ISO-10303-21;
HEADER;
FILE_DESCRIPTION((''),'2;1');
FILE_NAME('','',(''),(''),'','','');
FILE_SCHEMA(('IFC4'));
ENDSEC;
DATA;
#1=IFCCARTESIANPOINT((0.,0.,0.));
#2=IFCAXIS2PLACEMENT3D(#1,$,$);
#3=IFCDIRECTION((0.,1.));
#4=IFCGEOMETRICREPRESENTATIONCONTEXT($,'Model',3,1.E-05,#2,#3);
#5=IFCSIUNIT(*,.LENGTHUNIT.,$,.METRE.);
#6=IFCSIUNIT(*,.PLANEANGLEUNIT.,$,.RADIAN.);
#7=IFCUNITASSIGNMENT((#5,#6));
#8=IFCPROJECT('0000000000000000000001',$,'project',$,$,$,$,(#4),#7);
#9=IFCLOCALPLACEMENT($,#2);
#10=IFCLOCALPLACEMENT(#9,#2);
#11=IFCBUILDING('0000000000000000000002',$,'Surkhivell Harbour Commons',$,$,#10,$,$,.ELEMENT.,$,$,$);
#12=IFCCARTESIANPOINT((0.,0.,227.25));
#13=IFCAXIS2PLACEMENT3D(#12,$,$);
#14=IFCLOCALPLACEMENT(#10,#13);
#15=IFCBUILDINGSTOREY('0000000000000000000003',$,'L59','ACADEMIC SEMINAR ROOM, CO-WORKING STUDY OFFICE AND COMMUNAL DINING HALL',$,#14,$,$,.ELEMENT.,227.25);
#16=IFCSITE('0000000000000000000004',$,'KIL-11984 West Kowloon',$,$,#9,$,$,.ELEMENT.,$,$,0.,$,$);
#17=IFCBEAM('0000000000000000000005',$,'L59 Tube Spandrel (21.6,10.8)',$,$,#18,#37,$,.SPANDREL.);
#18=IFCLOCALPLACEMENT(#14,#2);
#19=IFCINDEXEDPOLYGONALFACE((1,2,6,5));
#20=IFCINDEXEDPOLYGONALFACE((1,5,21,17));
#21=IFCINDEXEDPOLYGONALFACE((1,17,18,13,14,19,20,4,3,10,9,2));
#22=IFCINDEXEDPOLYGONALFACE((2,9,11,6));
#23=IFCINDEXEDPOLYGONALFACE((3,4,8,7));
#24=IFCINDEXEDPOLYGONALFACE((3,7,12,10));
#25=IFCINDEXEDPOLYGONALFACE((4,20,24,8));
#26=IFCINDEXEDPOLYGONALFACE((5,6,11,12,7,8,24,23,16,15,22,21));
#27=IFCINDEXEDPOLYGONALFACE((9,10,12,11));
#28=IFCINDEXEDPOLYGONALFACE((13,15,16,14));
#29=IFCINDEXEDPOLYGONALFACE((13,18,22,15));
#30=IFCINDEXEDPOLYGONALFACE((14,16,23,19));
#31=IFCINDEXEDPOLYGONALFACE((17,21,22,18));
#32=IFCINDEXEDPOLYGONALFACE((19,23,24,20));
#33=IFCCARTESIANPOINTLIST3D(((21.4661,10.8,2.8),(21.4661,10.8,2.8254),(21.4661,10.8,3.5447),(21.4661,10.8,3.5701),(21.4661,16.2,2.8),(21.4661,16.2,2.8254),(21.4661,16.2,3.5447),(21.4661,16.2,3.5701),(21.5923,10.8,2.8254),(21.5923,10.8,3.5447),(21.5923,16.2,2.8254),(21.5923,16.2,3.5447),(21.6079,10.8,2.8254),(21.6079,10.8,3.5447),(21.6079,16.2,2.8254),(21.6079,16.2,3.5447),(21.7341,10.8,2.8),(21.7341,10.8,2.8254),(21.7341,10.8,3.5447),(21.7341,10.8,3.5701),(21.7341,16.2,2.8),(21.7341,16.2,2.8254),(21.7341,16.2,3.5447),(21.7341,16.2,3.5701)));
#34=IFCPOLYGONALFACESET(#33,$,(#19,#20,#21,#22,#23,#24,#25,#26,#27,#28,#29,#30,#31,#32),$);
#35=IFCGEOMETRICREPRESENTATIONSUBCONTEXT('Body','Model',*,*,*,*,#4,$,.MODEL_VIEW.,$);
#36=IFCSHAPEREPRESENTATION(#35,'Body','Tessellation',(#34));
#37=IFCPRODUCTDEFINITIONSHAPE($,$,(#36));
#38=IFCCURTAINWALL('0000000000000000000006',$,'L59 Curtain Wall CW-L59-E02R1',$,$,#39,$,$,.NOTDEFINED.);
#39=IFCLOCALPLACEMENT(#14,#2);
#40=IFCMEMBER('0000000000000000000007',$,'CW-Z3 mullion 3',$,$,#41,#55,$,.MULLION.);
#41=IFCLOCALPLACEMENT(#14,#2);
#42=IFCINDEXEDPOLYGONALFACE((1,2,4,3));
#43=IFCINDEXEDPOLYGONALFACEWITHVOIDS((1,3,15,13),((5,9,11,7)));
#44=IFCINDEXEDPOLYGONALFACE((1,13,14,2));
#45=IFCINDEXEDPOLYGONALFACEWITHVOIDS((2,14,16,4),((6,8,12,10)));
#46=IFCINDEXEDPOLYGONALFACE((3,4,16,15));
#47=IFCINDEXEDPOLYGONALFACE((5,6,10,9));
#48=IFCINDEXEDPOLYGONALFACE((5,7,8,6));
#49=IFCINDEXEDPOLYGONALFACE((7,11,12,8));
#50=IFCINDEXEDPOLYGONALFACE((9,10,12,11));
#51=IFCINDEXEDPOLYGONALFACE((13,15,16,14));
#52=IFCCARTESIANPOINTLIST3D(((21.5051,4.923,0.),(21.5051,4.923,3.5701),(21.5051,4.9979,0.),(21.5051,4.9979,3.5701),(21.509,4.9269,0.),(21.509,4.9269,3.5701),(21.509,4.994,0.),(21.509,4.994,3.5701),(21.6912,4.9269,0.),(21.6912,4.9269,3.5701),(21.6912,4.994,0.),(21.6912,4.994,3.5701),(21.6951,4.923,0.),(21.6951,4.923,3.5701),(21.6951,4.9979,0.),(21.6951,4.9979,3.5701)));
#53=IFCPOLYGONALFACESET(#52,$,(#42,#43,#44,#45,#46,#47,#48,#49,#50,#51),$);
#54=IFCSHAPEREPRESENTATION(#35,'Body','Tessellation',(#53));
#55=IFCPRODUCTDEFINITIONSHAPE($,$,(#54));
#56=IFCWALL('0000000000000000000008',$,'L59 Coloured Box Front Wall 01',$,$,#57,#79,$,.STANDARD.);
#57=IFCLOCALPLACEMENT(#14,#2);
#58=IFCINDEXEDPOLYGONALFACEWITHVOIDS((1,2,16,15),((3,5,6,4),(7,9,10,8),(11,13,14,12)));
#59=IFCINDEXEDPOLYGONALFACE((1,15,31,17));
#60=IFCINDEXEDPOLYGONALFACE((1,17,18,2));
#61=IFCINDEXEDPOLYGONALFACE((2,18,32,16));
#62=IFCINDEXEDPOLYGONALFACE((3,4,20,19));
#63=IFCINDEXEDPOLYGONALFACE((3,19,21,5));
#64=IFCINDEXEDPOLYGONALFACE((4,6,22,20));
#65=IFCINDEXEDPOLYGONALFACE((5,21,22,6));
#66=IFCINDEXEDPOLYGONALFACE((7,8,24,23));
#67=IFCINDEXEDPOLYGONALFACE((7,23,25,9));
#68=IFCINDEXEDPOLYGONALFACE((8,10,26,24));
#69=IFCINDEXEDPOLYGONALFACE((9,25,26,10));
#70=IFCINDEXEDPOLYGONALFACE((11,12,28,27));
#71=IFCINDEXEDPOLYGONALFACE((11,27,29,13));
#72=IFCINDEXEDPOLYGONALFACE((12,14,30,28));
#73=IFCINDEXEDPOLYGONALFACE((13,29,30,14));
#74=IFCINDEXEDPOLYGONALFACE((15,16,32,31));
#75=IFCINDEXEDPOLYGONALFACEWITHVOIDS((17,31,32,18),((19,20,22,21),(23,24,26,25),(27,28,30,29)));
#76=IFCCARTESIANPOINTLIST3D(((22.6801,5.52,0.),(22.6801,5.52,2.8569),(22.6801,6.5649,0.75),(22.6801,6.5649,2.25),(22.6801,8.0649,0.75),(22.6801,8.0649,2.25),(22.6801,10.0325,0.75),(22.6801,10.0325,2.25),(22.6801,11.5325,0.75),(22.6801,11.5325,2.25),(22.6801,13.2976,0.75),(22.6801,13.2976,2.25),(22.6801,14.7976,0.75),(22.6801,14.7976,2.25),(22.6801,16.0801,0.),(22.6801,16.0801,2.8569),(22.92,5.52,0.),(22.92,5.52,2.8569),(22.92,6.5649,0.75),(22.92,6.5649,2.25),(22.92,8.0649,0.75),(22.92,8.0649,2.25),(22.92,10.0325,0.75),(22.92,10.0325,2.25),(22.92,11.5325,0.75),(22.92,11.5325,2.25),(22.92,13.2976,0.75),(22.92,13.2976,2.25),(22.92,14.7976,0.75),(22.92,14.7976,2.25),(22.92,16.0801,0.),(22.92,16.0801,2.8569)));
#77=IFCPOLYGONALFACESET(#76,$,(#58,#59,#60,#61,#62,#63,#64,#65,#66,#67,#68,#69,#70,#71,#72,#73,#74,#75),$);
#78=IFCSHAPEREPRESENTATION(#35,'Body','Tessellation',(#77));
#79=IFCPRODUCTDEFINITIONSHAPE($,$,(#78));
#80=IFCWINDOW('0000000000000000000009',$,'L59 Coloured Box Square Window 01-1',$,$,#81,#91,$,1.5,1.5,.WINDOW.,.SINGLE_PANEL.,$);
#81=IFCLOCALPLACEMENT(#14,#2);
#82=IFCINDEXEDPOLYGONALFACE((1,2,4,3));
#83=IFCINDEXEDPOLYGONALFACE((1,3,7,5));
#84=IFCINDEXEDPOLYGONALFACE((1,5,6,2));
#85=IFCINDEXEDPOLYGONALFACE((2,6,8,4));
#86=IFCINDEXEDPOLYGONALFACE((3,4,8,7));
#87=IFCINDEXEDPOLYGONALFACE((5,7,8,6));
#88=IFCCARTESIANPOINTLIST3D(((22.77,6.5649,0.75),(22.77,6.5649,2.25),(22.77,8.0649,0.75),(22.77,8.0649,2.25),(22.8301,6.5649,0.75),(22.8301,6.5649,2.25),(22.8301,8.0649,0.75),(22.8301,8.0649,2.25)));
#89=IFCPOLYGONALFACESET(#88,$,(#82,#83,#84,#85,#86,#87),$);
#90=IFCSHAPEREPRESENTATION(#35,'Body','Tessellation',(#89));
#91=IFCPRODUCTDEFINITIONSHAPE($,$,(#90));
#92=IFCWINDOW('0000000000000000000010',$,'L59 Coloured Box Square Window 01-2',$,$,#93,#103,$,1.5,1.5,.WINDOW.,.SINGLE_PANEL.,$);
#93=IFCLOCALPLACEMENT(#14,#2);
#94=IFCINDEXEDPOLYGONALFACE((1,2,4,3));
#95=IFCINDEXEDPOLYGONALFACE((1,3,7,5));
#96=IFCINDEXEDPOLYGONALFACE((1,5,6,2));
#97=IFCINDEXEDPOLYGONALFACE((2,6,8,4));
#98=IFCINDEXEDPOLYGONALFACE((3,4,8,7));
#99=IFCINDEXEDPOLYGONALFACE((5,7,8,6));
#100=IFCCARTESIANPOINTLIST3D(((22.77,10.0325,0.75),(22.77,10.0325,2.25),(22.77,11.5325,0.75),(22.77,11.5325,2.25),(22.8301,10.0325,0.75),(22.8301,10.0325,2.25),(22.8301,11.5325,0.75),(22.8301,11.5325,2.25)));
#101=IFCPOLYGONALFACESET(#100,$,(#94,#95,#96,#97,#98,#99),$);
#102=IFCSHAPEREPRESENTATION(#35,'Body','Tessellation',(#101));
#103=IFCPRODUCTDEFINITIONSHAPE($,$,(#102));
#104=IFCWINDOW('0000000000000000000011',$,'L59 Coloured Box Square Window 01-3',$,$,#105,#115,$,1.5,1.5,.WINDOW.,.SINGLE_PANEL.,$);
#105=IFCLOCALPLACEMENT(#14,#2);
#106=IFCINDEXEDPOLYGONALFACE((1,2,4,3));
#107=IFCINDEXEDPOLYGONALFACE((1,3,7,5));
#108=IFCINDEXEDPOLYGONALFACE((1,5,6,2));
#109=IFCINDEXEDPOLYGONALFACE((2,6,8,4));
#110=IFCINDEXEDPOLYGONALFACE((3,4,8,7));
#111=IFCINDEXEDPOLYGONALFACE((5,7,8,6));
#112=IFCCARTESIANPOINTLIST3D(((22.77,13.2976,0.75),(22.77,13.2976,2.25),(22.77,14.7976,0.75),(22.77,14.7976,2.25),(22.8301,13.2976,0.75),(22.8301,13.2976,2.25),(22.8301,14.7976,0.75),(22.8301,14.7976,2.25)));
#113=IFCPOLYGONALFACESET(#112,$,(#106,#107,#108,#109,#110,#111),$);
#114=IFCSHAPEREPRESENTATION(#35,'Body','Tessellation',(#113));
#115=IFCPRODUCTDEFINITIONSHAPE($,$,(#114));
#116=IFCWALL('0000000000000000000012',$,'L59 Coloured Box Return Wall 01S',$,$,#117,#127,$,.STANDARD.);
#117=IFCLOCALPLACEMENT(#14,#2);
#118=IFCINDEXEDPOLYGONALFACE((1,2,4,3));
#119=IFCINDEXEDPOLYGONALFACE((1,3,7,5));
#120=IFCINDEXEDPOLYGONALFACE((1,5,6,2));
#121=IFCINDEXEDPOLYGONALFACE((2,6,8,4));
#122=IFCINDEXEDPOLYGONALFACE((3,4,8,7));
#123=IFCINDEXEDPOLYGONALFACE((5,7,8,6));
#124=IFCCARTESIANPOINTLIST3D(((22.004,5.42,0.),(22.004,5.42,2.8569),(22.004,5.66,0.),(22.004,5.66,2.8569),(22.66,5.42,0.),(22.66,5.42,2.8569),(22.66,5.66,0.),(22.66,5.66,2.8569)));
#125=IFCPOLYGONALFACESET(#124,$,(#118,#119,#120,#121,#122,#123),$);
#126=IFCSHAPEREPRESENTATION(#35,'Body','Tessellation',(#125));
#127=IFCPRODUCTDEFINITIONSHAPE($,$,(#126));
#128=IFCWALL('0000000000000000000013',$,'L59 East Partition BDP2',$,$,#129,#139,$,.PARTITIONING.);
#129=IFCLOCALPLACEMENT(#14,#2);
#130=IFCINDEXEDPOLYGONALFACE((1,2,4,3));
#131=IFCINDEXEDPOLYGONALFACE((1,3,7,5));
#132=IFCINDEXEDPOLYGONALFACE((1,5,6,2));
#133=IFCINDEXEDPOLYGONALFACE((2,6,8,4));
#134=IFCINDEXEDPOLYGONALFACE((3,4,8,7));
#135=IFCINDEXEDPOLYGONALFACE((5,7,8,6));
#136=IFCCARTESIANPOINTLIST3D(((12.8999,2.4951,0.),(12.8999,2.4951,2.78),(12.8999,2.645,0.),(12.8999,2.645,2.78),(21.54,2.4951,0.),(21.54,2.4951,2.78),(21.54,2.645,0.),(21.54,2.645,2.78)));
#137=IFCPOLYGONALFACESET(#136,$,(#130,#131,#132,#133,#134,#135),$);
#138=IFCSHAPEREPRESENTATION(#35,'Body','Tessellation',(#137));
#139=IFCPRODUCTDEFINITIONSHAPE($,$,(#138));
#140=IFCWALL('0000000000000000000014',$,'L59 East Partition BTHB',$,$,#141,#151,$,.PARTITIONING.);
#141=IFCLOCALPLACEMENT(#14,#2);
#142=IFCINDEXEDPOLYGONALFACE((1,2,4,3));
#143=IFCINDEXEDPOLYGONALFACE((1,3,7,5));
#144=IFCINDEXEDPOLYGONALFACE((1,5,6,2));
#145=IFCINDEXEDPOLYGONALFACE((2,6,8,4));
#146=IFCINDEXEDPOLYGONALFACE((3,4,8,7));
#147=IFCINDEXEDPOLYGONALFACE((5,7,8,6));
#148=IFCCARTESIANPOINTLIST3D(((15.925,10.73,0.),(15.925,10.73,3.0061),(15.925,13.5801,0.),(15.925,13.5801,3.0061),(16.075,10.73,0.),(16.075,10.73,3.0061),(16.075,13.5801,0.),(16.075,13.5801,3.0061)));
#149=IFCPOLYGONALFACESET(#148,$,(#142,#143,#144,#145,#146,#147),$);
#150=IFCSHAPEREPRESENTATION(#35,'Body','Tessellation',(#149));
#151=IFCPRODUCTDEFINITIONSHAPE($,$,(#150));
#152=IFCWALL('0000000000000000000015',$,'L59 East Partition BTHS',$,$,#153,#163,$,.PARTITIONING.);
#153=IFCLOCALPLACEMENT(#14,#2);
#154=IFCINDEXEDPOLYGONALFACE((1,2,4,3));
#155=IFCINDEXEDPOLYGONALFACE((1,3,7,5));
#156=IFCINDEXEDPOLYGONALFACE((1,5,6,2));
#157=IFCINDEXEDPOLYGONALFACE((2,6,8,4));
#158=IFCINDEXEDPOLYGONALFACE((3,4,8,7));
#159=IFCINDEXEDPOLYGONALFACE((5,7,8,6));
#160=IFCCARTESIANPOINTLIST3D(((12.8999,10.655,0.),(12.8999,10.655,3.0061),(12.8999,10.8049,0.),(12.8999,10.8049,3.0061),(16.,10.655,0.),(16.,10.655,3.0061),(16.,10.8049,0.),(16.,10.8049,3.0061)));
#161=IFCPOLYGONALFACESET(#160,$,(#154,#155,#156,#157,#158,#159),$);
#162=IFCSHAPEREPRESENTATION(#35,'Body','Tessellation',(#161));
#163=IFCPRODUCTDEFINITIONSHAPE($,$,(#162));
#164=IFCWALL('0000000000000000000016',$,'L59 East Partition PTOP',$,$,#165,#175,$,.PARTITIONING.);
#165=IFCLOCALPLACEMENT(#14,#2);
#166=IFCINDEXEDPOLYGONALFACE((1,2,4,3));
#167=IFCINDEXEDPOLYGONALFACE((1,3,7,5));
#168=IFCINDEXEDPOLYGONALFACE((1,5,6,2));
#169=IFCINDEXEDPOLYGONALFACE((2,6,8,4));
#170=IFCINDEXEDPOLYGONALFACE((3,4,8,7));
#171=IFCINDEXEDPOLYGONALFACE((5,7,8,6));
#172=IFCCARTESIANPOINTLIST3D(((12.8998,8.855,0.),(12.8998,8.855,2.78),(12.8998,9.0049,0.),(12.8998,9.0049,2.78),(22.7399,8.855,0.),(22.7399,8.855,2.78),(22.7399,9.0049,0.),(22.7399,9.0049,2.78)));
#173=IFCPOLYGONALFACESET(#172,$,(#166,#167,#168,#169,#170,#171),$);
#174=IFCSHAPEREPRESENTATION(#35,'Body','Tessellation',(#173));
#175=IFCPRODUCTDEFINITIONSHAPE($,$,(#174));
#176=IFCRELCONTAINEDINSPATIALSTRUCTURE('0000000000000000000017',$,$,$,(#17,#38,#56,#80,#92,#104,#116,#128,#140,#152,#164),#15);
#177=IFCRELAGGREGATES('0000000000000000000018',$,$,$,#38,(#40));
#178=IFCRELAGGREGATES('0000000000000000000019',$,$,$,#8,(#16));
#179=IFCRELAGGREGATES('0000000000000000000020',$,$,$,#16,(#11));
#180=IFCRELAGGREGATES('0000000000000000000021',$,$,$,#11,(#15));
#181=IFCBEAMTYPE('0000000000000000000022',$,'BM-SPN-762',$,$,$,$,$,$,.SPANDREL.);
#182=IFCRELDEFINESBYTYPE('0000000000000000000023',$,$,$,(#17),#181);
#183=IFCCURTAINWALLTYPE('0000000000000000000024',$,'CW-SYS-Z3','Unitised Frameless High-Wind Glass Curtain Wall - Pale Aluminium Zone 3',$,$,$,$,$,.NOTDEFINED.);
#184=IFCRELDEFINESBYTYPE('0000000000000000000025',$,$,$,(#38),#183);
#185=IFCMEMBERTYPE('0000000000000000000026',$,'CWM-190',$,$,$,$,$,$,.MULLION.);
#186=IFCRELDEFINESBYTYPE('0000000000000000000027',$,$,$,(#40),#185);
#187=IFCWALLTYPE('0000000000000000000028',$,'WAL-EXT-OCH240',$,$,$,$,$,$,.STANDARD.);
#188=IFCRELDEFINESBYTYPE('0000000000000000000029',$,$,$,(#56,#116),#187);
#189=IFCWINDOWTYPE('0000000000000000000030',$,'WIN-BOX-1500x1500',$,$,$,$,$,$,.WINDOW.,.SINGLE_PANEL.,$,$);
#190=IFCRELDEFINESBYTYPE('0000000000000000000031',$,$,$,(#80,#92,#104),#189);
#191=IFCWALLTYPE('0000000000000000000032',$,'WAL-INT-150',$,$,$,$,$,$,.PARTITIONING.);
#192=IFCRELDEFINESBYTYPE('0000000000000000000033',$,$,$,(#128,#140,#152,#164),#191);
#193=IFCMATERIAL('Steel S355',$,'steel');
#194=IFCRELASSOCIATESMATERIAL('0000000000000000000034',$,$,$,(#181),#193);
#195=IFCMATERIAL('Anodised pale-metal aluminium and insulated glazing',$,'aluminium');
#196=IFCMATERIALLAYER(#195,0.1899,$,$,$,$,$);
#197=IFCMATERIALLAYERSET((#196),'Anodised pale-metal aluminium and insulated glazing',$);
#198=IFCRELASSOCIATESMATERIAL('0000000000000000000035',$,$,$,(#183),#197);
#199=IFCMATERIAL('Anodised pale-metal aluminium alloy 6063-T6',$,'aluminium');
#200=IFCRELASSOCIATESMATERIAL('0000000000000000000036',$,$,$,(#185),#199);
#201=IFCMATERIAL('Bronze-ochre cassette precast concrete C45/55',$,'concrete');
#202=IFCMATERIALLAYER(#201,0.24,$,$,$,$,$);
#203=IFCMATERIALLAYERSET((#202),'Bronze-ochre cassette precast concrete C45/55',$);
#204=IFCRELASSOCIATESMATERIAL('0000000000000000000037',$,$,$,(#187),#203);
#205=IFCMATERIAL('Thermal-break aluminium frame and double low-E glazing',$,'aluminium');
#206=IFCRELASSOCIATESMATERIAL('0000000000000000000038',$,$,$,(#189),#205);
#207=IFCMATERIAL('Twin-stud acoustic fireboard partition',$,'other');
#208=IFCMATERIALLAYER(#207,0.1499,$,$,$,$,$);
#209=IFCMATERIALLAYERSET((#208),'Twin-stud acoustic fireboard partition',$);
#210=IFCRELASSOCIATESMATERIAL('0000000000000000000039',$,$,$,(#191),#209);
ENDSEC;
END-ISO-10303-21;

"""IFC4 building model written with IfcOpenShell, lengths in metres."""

from ifc_helpers import new_model, si_unit, direction, frame, frame_2d, origin, origin_2d, place, context, subcontext, project, spatial, rectangle, hollow_rectangle, i_section, extrude, material, layer, layer_set, material_profile, profile_set, type_object, element, fill, aggregate, save


model = new_model("IFC4")

# Units and contexts
model_context = context("Model", 3, precision=1e-05, world=origin(), true_north=direction((0.0, 1.0)))
body_context = subcontext(model_context, "Body", "Model", "MODEL_VIEW")
ifc_project = project(units=[si_unit("LENGTHUNIT", "METRE"), si_unit("PLANEANGLEUNIT", "RADIAN")], contexts=[model_context])

# Site, building, storey
site_placement = place(None, origin())
site = spatial("IfcSite", under=ifc_project, at=site_placement, Name="KIL-11984 West Kowloon", CompositionType="ELEMENT", RefElevation=0.0)
building_placement = place(site_placement, origin())
building = spatial("IfcBuilding", under=site, at=building_placement, Name="Surkhivell Harbour Commons", CompositionType="ELEMENT")
storey_placement = place(building_placement, frame((0.0, 0.0, 227.25)))
storey = spatial("IfcBuildingStorey", under=building, at=storey_placement, Name="L59", Description="ACADEMIC SEMINAR ROOM, CO-WORKING STUDY OFFICE AND COMMUNAL DINING HALL", CompositionType="ELEMENT", Elevation=227.25)

# Beam
ifc_material_1 = material(Name="Steel S355", Category="steel")
ifc_material_profile_1 = material_profile(ifc_material_1, i_section(OverallWidth=0.2681, OverallDepth=0.77, WebThickness=0.0156, FlangeThickness=0.0254, at=origin_2d()), Name="UB762x267x197")
ifc_profile_set_1 = profile_set([ifc_material_profile_1], Name="Steel S355")
beam_type_1 = type_object("IfcBeamType", Name="BM-SPN-762", PredefinedType="SPANDREL", material=ifc_profile_set_1)
beam_1_placement = place(storey_placement, frame((21.6001, 10.8, 3.1851), z_axis=(0.0, 1.0, 0.0), x_axis=(-1.0, 0.0, 0.0)))
element("IfcBeam", 1, at=beam_1_placement, inside=storey, type_object=beam_type_1, Name="L59 Tube Spandrel (21.6,10.8)", PredefinedType="SPANDREL", context=body_context, shape_type="SweptSolid", body=[
    extrude(i_section(OverallWidth=0.2681, OverallDepth=0.77, WebThickness=0.0156, FlangeThickness=0.0254, at=origin_2d()), origin(), (0.0, 0.0, 1.0), 5.3999),
])

# Curtain wall, member
ifc_material_2 = material(Name="Anodised pale-metal aluminium and insulated glazing", Category="aluminium")
ifc_layer_1 = layer(ifc_material_2, 0.1899)
ifc_layer_set_1 = layer_set([ifc_layer_1], Name="Anodised pale-metal aluminium and insulated glazing")
curtain_wall_type = type_object("IfcCurtainWallType", Name="CW-SYS-Z3", Description="Unitised Frameless High-Wind Glass Curtain Wall - Pale Aluminium Zone 3", PredefinedType="NOTDEFINED", material=ifc_layer_set_1)
curtain_wall_placement = place(storey_placement, origin())
curtain_wall = element("IfcCurtainWall", 2, at=curtain_wall_placement, inside=storey, type_object=curtain_wall_type, Name="L59 Curtain Wall CW-L59-E02R1", PredefinedType="NOTDEFINED")
ifc_material_3 = material(Name="Anodised pale-metal aluminium alloy 6063-T6", Category="aluminium")
ifc_material_profile_2 = material_profile(ifc_material_3, hollow_rectangle(XDim=0.075, YDim=0.1899, WallThickness=0.0039, at=origin_2d()), Name="ALU-MULL-75x190")
ifc_profile_set_2 = profile_set([ifc_material_profile_2], Name="Anodised pale-metal aluminium alloy 6063-T6")
member_type = type_object("IfcMemberType", Name="CWM-190", PredefinedType="MULLION", material=ifc_profile_set_2)
member_placement = place(storey_placement, frame((21.6001, 4.9604, 0.0), z_axis=(0.0, 0.0, 1.0), x_axis=(0.0, 1.0, 0.0)))
member = element("IfcMember", 3, at=member_placement, type_object=member_type, Name="CW-Z3 mullion 3", PredefinedType="MULLION", context=body_context, shape_type="SweptSolid", body=[
    extrude(hollow_rectangle(XDim=0.075, YDim=0.1899, WallThickness=0.0039, at=origin_2d()), origin(), (0.0, 0.0, 1.0), 3.5701),
])
aggregate(curtain_wall, [member])

# Wall, openings, windows
ifc_material_4 = material(Name="Bronze-ochre cassette precast concrete C45/55", Category="concrete")
ifc_layer_2 = layer(ifc_material_4, 0.24)
ifc_layer_set_2 = layer_set([ifc_layer_2], Name="Bronze-ochre cassette precast concrete C45/55")
wall_type_1 = type_object("IfcWallType", Name="WAL-EXT-OCH240", PredefinedType="STANDARD", material=ifc_layer_set_2)
wall_1_placement = place(storey_placement, frame((22.8, 5.52, 0.0), z_axis=(0.0, 0.0, 1.0), x_axis=(0.0, 1.0, 0.0)))
wall_1 = element("IfcWall", 4, at=wall_1_placement, inside=storey, type_object=wall_type_1, Name="L59 Coloured Box Front Wall 01", PredefinedType="STANDARD", context=body_context, shape_type="SweptSolid", body=[
    extrude(rectangle(XDim=10.5601, YDim=0.24, at=frame_2d((5.28, 0.0))), origin(), (0.0, 0.0, 1.0), 2.8569),
])
opening_1_placement = place(wall_1_placement, frame((1.0449, 0.0, 0.75)))
opening_1 = element("IfcOpeningElement", 5, at=opening_1_placement, cuts=wall_1, PredefinedType="OPENING", context=body_context, shape_type="SweptSolid", body=[
    extrude(rectangle(XDim=1.5, YDim=1.5, at=frame_2d((0.75, 0.75))), frame((0.0, 0.1299, 0.0), z_axis=(0.0, -1.0, 0.0), x_axis=(1.0, 0.0, 0.0)), (0.0, 0.0, 1.0), 0.26),
])
opening_2_placement = place(wall_1_placement, frame((4.5125, 0.0, 0.75)))
opening_2 = element("IfcOpeningElement", 6, at=opening_2_placement, cuts=wall_1, PredefinedType="OPENING", context=body_context, shape_type="SweptSolid", body=[
    extrude(rectangle(XDim=1.5, YDim=1.5, at=frame_2d((0.75, 0.75))), frame((0.0, 0.1299, 0.0), z_axis=(0.0, -1.0, 0.0), x_axis=(1.0, 0.0, 0.0)), (0.0, 0.0, 1.0), 0.26),
])
opening_3_placement = place(wall_1_placement, frame((7.7776, 0.0, 0.75)))
opening_3 = element("IfcOpeningElement", 7, at=opening_3_placement, cuts=wall_1, PredefinedType="OPENING", context=body_context, shape_type="SweptSolid", body=[
    extrude(rectangle(XDim=1.5, YDim=1.5, at=frame_2d((0.75, 0.75))), frame((0.0, 0.1299, 0.0), z_axis=(0.0, -1.0, 0.0), x_axis=(1.0, 0.0, 0.0)), (0.0, 0.0, 1.0), 0.26),
])
ifc_material_5 = material(Name="Thermal-break aluminium frame and double low-E glazing", Category="aluminium")
window_type = type_object("IfcWindowType", Name="WIN-BOX-1500x1500", PartitioningType="SINGLE_PANEL", PredefinedType="WINDOW", material=ifc_material_5)
window_1_placement = place(opening_1_placement, origin())
window_1 = element("IfcWindow", 8, at=window_1_placement, inside=storey, type_object=window_type, Name="L59 Coloured Box Square Window 01-1", OverallHeight=1.5, OverallWidth=1.5, PartitioningType="SINGLE_PANEL", PredefinedType="WINDOW", context=body_context, shape_type="SweptSolid", body=[
    extrude(rectangle(XDim=1.5, YDim=1.5, at=frame_2d((0.75, 0.75))), frame((0.0, 0.03, 0.0), z_axis=(0.0, -1.0, 0.0), x_axis=(1.0, 0.0, 0.0)), (0.0, 0.0, 1.0), 0.0601),
])
fill(opening_1, window_1)
window_2_placement = place(opening_2_placement, origin())
window_2 = element("IfcWindow", 9, at=window_2_placement, inside=storey, type_object=window_type, Name="L59 Coloured Box Square Window 01-2", OverallHeight=1.5, OverallWidth=1.5, PartitioningType="SINGLE_PANEL", PredefinedType="WINDOW", context=body_context, shape_type="SweptSolid", body=[
    extrude(rectangle(XDim=1.5, YDim=1.5, at=frame_2d((0.75, 0.75))), frame((0.0, 0.03, 0.0), z_axis=(0.0, -1.0, 0.0), x_axis=(1.0, 0.0, 0.0)), (0.0, 0.0, 1.0), 0.0601),
])
fill(opening_2, window_2)
window_3_placement = place(opening_3_placement, origin())
window_3 = element("IfcWindow", 10, at=window_3_placement, inside=storey, type_object=window_type, Name="L59 Coloured Box Square Window 01-3", OverallHeight=1.5, OverallWidth=1.5, PartitioningType="SINGLE_PANEL", PredefinedType="WINDOW", context=body_context, shape_type="SweptSolid", body=[
    extrude(rectangle(XDim=1.5, YDim=1.5, at=frame_2d((0.75, 0.75))), frame((0.0, 0.03, 0.0), z_axis=(0.0, -1.0, 0.0), x_axis=(1.0, 0.0, 0.0)), (0.0, 0.0, 1.0), 0.0601),
])
fill(opening_3, window_3)

# Walls
wall_2_placement = place(storey_placement, frame((22.0039, 5.54, 0.0), z_axis=(0.0, 0.0, 1.0), x_axis=(1.0, 0.0, 0.0)))
element("IfcWall", 11, at=wall_2_placement, inside=storey, type_object=wall_type_1, Name="L59 Coloured Box Return Wall 01S", PredefinedType="STANDARD", context=body_context, shape_type="SweptSolid", body=[
    extrude(rectangle(XDim=0.656, YDim=0.24, at=frame_2d((0.3281, 0.0))), origin(), (0.0, 0.0, 1.0), 2.8569),
])
ifc_material_6 = material(Name="Twin-stud acoustic fireboard partition", Category="other")
ifc_layer_3 = layer(ifc_material_6, 0.1499)
ifc_layer_set_3 = layer_set([ifc_layer_3], Name="Twin-stud acoustic fireboard partition")
wall_type_2 = type_object("IfcWallType", Name="WAL-INT-150", PredefinedType="PARTITIONING", material=ifc_layer_set_3)
wall_3_placement = place(storey_placement, frame((12.8999, 2.5701, 0.0), z_axis=(0.0, 0.0, 1.0), x_axis=(1.0, 0.0, 0.0)))
element("IfcWall", 12, at=wall_3_placement, inside=storey, type_object=wall_type_2, Name="L59 East Partition BDP2", PredefinedType="PARTITIONING", context=body_context, shape_type="SweptSolid", body=[
    extrude(rectangle(XDim=8.6401, YDim=0.1499, at=frame_2d((4.3201, 0.0))), origin(), (0.0, 0.0, 1.0), 2.78),
])
wall_4_placement = place(storey_placement, frame((16.0, 10.73, 0.0), z_axis=(0.0, 0.0, 1.0), x_axis=(0.0, 1.0, 0.0)))
element("IfcWall", 13, at=wall_4_placement, inside=storey, type_object=wall_type_2, Name="L59 East Partition BTHB", PredefinedType="PARTITIONING", context=body_context, shape_type="SweptSolid", body=[
    extrude(rectangle(XDim=2.8501, YDim=0.1499, at=frame_2d((1.425, 0.0))), origin(), (0.0, 0.0, 1.0), 3.0061),
])
wall_5_placement = place(storey_placement, frame((12.8999, 10.73, 0.0), z_axis=(0.0, 0.0, 1.0), x_axis=(1.0, 0.0, 0.0)))
element("IfcWall", 14, at=wall_5_placement, inside=storey, type_object=wall_type_2, Name="L59 East Partition BTHS", PredefinedType="PARTITIONING", context=body_context, shape_type="SweptSolid", body=[
    extrude(rectangle(XDim=3.1001, YDim=0.1499, at=frame_2d((1.55, 0.0))), origin(), (0.0, 0.0, 1.0), 3.0061),
])
wall_6_placement = place(storey_placement, frame((12.8999, 8.9299, 0.0), z_axis=(0.0, 0.0, 1.0), x_axis=(1.0, 0.0, 0.0)))
element("IfcWall", 15, at=wall_6_placement, inside=storey, type_object=wall_type_2, Name="L59 East Partition PTOP", PredefinedType="PARTITIONING", context=body_context, shape_type="SweptSolid", body=[
    extrude(rectangle(XDim=9.8401, YDim=0.1499, at=frame_2d((4.9199, 0.0))), origin(), (0.0, 0.0, 1.0), 2.78),
])

save(model, "model.ifc")
